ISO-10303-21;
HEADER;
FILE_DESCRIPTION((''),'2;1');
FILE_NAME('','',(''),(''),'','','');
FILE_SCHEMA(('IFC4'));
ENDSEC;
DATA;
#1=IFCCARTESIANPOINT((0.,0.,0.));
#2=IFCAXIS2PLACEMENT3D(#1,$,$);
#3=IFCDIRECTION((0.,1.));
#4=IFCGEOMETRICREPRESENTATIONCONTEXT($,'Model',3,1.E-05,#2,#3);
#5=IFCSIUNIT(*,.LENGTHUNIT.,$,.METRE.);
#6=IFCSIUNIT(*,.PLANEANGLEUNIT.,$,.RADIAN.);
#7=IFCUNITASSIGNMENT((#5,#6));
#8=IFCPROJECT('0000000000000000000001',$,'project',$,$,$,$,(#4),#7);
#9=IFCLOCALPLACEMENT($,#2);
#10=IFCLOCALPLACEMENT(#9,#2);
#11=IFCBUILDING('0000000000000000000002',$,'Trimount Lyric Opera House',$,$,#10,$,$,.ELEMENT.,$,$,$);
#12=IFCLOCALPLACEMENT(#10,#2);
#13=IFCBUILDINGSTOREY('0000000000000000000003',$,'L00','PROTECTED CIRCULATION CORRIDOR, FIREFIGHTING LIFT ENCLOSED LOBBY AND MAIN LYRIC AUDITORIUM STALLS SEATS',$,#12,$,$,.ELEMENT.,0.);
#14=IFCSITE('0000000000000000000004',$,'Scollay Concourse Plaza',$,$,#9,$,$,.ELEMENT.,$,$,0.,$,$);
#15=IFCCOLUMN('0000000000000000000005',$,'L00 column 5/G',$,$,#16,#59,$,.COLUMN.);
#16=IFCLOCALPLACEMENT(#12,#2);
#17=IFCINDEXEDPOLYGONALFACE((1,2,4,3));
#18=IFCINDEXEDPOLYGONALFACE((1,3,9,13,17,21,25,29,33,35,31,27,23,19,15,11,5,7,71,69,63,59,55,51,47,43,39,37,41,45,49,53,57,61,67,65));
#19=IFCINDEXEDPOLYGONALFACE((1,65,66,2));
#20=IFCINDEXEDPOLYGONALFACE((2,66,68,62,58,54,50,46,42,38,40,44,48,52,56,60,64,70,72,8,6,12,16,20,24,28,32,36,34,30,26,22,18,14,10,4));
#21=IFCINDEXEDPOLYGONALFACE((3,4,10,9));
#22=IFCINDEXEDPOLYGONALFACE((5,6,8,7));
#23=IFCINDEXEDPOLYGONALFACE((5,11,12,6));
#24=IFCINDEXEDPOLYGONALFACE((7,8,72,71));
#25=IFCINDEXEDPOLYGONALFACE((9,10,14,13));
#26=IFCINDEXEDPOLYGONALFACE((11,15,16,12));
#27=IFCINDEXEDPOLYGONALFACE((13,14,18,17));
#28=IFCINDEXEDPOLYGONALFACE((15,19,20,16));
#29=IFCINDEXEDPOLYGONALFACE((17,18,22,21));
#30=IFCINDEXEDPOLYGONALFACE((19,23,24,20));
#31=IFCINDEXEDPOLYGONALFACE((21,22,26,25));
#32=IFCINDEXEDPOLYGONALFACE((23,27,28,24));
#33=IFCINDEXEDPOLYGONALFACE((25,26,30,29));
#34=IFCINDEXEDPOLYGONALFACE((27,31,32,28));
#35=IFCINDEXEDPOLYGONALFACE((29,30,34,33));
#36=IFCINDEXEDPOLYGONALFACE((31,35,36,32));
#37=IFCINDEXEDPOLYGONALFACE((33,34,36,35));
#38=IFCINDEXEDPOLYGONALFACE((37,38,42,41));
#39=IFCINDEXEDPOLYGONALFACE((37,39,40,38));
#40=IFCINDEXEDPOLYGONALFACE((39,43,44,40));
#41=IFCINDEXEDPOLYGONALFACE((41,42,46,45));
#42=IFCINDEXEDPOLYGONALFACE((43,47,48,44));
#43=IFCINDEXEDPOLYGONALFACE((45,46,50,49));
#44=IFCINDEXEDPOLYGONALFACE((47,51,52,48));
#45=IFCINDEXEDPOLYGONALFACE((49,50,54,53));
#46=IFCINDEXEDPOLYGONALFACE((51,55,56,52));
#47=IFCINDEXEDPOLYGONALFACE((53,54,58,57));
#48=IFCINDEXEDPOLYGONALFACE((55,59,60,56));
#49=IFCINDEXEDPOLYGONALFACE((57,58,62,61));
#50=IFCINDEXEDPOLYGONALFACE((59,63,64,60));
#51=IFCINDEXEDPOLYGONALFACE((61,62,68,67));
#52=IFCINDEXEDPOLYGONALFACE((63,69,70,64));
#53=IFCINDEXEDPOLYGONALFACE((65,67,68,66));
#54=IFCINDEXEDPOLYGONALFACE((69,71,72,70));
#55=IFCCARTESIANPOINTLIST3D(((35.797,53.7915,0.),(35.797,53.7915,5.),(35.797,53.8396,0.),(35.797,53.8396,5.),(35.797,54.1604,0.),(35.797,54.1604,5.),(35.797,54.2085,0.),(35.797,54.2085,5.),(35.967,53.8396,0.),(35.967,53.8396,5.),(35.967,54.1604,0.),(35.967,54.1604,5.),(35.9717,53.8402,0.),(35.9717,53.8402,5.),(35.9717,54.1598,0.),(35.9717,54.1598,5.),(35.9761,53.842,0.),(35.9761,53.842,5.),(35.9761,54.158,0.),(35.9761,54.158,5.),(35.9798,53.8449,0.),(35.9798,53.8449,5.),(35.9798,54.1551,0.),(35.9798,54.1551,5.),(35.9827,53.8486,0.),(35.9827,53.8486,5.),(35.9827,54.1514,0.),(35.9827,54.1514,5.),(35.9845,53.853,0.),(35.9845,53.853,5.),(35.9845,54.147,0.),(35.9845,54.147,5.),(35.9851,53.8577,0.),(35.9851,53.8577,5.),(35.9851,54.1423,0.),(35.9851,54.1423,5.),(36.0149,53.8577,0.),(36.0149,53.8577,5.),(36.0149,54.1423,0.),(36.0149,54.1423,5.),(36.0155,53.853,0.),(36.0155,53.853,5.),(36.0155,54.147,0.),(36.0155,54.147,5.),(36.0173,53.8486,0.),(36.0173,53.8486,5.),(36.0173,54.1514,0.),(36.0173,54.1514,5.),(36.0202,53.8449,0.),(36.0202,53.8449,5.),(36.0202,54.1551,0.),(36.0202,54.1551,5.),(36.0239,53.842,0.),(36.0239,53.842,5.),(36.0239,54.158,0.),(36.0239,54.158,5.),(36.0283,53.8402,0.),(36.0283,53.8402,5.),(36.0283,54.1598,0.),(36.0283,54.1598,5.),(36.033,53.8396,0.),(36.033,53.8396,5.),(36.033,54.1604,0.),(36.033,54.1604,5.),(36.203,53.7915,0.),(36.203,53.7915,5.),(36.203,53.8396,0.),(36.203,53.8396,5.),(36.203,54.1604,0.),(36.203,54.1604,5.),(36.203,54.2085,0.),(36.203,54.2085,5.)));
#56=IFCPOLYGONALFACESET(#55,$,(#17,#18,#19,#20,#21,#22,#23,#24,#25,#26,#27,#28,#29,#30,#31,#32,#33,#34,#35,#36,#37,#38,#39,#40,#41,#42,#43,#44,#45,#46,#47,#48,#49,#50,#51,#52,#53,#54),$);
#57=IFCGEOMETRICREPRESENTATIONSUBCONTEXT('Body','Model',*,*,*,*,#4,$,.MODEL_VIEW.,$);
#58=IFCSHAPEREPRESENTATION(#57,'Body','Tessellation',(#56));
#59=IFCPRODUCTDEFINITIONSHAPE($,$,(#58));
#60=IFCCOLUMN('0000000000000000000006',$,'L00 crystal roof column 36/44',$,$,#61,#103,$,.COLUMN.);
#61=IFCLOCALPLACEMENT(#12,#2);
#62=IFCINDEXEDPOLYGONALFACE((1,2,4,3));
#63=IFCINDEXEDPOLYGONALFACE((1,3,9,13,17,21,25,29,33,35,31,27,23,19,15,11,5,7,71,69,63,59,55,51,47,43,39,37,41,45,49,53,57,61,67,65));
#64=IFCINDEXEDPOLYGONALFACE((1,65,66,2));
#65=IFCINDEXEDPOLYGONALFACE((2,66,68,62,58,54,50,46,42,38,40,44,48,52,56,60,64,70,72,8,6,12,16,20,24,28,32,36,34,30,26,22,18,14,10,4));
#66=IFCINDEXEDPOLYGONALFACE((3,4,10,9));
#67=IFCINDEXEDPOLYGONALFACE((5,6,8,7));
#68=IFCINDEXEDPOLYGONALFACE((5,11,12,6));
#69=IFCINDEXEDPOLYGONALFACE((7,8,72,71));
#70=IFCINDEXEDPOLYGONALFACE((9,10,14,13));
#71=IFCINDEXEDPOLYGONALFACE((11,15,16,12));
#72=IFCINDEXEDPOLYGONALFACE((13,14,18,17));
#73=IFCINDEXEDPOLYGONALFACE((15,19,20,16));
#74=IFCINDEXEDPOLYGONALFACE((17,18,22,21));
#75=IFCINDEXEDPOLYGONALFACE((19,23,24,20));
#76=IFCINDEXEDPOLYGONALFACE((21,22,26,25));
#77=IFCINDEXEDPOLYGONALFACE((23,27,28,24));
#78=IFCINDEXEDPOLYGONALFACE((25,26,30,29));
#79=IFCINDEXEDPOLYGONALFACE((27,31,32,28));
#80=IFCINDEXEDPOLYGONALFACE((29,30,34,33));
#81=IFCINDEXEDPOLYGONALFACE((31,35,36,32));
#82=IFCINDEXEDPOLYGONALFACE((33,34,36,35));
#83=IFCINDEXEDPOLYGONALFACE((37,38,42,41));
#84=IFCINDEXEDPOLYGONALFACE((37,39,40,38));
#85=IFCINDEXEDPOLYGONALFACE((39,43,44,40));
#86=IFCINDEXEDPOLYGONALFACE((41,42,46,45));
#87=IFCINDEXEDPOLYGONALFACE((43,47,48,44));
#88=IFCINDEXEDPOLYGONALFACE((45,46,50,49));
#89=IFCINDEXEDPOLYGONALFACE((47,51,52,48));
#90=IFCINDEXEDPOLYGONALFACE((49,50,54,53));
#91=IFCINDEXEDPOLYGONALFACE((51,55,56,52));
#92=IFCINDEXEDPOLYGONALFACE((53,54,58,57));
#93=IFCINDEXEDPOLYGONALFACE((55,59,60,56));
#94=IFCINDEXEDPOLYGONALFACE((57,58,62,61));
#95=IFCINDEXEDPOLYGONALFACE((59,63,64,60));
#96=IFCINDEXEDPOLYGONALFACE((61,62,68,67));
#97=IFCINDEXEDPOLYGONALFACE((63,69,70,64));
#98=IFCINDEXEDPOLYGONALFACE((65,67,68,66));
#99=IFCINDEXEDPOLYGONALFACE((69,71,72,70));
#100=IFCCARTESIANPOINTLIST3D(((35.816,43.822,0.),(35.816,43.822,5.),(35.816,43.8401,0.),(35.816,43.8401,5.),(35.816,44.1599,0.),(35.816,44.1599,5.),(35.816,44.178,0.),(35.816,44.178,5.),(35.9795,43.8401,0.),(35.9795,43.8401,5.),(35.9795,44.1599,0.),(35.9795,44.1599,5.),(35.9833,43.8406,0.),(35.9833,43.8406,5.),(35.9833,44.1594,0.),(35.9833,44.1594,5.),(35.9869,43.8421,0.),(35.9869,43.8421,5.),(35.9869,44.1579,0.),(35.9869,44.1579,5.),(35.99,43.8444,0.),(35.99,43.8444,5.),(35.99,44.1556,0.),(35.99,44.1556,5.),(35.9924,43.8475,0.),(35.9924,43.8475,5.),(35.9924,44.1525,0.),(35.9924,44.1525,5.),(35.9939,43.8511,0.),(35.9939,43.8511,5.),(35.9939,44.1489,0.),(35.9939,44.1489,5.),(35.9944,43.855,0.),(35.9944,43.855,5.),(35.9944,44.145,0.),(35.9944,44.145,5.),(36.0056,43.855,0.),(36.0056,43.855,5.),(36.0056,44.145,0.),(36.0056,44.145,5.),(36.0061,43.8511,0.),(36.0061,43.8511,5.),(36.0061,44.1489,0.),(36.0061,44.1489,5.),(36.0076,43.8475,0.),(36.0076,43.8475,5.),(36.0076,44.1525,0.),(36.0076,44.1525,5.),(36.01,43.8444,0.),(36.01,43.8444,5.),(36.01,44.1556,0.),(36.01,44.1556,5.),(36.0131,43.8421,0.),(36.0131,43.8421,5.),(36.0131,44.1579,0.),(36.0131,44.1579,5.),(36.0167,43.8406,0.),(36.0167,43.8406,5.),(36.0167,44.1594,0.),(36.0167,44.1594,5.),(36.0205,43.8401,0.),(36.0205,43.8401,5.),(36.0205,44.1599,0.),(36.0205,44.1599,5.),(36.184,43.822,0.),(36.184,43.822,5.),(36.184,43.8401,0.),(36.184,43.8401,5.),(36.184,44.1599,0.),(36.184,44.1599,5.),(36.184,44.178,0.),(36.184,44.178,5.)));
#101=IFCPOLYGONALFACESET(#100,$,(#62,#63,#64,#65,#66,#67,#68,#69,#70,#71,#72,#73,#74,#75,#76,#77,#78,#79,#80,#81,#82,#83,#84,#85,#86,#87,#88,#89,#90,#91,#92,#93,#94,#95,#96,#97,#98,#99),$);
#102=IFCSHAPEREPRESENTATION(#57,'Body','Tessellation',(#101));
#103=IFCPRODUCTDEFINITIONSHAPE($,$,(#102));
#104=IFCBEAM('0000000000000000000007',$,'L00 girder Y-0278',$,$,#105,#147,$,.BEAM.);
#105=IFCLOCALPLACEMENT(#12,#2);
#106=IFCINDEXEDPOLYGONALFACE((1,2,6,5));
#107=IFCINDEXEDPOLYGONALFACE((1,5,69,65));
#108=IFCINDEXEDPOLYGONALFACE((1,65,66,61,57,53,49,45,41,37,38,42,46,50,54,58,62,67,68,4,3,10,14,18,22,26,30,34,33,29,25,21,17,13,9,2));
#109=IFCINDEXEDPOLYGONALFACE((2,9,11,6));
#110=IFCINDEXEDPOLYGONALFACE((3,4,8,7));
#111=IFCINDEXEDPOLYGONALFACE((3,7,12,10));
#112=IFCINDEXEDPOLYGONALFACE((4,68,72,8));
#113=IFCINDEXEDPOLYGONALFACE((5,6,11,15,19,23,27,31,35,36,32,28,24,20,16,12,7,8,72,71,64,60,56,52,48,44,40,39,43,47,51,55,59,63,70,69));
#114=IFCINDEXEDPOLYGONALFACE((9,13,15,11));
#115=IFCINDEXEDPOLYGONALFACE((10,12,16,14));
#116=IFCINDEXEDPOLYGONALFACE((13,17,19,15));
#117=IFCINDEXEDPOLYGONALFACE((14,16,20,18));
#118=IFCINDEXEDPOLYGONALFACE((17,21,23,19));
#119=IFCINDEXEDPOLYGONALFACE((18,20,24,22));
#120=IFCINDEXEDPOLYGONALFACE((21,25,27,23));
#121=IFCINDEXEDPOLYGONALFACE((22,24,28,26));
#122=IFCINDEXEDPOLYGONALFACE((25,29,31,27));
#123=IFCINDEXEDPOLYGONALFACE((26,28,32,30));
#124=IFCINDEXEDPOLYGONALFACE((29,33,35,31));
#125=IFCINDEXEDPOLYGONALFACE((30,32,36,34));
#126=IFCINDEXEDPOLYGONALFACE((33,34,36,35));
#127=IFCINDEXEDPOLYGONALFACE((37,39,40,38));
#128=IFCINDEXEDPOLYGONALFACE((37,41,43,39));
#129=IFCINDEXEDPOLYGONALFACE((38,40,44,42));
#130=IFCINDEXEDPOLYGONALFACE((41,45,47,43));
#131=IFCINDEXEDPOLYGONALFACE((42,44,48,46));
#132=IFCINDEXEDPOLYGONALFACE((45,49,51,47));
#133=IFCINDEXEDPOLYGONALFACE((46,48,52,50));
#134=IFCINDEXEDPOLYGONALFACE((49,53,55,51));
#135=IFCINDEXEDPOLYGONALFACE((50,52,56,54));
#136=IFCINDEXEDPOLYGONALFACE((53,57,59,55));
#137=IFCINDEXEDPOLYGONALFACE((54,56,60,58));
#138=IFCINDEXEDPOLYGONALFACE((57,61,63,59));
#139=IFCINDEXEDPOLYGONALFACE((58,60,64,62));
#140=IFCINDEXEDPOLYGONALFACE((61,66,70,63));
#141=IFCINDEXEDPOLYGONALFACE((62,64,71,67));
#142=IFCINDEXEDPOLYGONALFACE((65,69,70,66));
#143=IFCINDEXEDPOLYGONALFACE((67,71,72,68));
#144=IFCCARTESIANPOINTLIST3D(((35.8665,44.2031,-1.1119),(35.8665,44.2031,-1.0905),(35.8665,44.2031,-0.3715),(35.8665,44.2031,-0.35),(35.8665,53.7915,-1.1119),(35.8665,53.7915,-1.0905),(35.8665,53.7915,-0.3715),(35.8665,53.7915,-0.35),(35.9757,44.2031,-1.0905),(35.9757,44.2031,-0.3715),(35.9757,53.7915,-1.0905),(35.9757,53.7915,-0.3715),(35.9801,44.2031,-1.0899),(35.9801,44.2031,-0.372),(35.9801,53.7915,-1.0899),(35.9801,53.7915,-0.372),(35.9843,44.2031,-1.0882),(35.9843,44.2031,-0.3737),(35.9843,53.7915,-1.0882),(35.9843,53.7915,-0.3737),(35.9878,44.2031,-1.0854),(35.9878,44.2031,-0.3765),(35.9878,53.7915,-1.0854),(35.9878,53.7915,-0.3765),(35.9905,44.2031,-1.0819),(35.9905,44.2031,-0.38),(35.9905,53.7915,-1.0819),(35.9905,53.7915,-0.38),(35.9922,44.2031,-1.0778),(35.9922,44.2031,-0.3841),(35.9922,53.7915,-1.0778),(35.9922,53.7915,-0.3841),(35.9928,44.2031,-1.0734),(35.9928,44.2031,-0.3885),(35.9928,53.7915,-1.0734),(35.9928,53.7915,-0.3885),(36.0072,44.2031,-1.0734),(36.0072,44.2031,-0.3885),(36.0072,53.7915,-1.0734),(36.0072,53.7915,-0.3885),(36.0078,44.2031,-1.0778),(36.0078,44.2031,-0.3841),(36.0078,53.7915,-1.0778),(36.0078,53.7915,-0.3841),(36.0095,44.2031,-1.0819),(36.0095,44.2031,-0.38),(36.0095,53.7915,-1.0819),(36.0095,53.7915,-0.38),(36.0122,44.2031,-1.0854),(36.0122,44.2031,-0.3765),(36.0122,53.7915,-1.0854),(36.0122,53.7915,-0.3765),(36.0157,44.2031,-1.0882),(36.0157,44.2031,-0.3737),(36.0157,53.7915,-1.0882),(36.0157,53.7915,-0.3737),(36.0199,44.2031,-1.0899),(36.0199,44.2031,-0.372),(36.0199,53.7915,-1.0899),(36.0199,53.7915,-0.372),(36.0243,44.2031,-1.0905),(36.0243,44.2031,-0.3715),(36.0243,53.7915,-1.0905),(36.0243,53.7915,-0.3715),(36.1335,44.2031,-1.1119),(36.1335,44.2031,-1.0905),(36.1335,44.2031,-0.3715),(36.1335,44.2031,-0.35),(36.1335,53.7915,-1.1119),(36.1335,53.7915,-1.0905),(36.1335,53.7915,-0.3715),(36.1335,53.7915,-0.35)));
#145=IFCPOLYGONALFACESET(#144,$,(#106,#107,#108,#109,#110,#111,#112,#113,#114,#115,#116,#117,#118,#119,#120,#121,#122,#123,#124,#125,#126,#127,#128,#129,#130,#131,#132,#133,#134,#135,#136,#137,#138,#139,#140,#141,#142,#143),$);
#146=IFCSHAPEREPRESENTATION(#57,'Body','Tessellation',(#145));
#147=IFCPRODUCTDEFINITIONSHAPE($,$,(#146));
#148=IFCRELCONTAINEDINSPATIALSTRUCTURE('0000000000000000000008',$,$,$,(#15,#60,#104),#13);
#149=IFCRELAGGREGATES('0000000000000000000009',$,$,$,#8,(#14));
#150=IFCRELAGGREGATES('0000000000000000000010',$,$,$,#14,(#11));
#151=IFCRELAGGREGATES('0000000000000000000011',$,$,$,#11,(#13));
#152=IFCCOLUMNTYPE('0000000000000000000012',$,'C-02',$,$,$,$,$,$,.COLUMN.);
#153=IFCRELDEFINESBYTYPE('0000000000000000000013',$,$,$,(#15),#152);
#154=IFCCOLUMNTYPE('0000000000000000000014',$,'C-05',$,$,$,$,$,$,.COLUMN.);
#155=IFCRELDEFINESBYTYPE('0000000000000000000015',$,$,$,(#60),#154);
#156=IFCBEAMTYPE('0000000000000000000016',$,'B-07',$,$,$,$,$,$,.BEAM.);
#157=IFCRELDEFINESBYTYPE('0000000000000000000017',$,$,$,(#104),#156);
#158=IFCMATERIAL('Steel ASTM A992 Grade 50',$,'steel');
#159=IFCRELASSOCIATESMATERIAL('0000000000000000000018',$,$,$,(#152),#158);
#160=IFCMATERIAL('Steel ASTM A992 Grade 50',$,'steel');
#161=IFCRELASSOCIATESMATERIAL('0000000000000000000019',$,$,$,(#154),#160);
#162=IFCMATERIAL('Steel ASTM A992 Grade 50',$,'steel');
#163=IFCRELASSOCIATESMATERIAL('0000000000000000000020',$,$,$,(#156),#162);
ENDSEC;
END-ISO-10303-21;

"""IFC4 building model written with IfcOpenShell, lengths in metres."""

from ifc_helpers import new_model, si_unit, direction, frame, origin, origin_2d, place, context, subcontext, project, spatial, i_section, extrude, material, material_profile, profile_set, type_object, element, save


model = new_model("IFC4")

# Units and contexts
model_context = context("Model", 3, precision=1e-05, world=origin(), true_north=direction((0.0, 1.0)))
body_context = subcontext(model_context, "Body", "Model", "MODEL_VIEW")
ifc_project = project(units=[si_unit("LENGTHUNIT", "METRE"), si_unit("PLANEANGLEUNIT", "RADIAN")], contexts=[model_context])

# Site, building, storey
site_placement = place(None, origin())
site = spatial("IfcSite", under=ifc_project, at=site_placement, Name="Scollay Concourse Plaza", CompositionType="ELEMENT", RefElevation=0.0)
building_placement = place(site_placement, origin())
building = spatial("IfcBuilding", under=site, at=building_placement, Name="Trimount Lyric Opera House", CompositionType="ELEMENT")
storey_placement = place(building_placement, origin())
storey = spatial("IfcBuildingStorey", under=building, at=storey_placement, Name="L00", Description="PROTECTED CIRCULATION CORRIDOR, FIREFIGHTING LIFT ENCLOSED LOBBY AND MAIN LYRIC AUDITORIUM STALLS SEATS", CompositionType="ELEMENT", Elevation=0.0)

# Columns
ifc_material_1 = material(Name="Steel ASTM A992 Grade 50", Category="steel")
ifc_material_profile_1 = material_profile(ifc_material_1, i_section(OverallWidth=0.406, OverallDepth=0.417, WebThickness=0.0298, FlangeThickness=0.0481, FilletRadius=0.0181, at=origin_2d()), Name="W14X257")
ifc_profile_set_1 = profile_set([ifc_material_profile_1], Name="Steel ASTM A992 Grade 50")
column_type_1 = type_object("IfcColumnType", Name="C-02", PredefinedType="COLUMN", material=ifc_profile_set_1)
column_1_placement = place(storey_placement, frame((36.0, 54.0, 0.0), z_axis=(0.0, 0.0, 1.0), x_axis=(1.0, 0.0, 0.0)))
element("IfcColumn", 1, at=column_1_placement, inside=storey, type_object=column_type_1, Name="L00 column 5/G", PredefinedType="COLUMN", context=body_context, shape_type="SweptSolid", body=[
    extrude(i_section(OverallWidth=0.406, OverallDepth=0.417, WebThickness=0.0298, FlangeThickness=0.0481, FilletRadius=0.0181, at=origin_2d()), origin(), (0.0, 0.0, 1.0), 5.0),
])
ifc_material_2 = material(Name="Steel ASTM A992 Grade 50", Category="steel")
ifc_material_profile_2 = material_profile(ifc_material_2, i_section(OverallWidth=0.3679, OverallDepth=0.356, WebThickness=0.0112, FlangeThickness=0.0181, FilletRadius=0.0149, at=origin_2d()), Name="W14X90")
ifc_profile_set_2 = profile_set([ifc_material_profile_2], Name="Steel ASTM A992 Grade 50")
column_type_2 = type_object("IfcColumnType", Name="C-05", PredefinedType="COLUMN", material=ifc_profile_set_2)
column_2_placement = place(storey_placement, frame((36.0, 44.0, 0.0), z_axis=(0.0, 0.0, 1.0), x_axis=(1.0, 0.0, 0.0)))
element("IfcColumn", 2, at=column_2_placement, inside=storey, type_object=column_type_2, Name="L00 crystal roof column 36/44", PredefinedType="COLUMN", context=body_context, shape_type="SweptSolid", body=[
    extrude(i_section(OverallWidth=0.3679, OverallDepth=0.356, WebThickness=0.0112, FlangeThickness=0.0181, FilletRadius=0.0149, at=origin_2d()), origin(), (0.0, 0.0, 1.0), 5.0),
])

# Beam
ifc_material_3 = material(Name="Steel ASTM A992 Grade 50", Category="steel")
ifc_material_profile_3 = material_profile(ifc_material_3, i_section(OverallWidth=0.2671, OverallDepth=0.762, WebThickness=0.0144, FlangeThickness=0.0215, FilletRadius=0.0171, at=origin_2d()), Name="W30X116")
ifc_profile_set_3 = profile_set([ifc_material_profile_3], Name="Steel ASTM A992 Grade 50")
beam_type_1 = type_object("IfcBeamType", Name="B-07", PredefinedType="BEAM", material=ifc_profile_set_3)
beam_1_placement = place(storey_placement, frame((36.0, 44.2031, -0.731), z_axis=(0.0, 1.0, 0.0), x_axis=(-1.0, 0.0, 0.0)))
element("IfcBeam", 3, at=beam_1_placement, inside=storey, type_object=beam_type_1, Name="L00 girder Y-0278", PredefinedType="BEAM", context=body_context, shape_type="SweptSolid", body=[
    extrude(i_section(OverallWidth=0.2671, OverallDepth=0.762, WebThickness=0.0144, FlangeThickness=0.0215, FilletRadius=0.0171, at=origin_2d()), origin(), (0.0, 0.0, 1.0), 9.5884),
])

save(model, "model.ifc")
